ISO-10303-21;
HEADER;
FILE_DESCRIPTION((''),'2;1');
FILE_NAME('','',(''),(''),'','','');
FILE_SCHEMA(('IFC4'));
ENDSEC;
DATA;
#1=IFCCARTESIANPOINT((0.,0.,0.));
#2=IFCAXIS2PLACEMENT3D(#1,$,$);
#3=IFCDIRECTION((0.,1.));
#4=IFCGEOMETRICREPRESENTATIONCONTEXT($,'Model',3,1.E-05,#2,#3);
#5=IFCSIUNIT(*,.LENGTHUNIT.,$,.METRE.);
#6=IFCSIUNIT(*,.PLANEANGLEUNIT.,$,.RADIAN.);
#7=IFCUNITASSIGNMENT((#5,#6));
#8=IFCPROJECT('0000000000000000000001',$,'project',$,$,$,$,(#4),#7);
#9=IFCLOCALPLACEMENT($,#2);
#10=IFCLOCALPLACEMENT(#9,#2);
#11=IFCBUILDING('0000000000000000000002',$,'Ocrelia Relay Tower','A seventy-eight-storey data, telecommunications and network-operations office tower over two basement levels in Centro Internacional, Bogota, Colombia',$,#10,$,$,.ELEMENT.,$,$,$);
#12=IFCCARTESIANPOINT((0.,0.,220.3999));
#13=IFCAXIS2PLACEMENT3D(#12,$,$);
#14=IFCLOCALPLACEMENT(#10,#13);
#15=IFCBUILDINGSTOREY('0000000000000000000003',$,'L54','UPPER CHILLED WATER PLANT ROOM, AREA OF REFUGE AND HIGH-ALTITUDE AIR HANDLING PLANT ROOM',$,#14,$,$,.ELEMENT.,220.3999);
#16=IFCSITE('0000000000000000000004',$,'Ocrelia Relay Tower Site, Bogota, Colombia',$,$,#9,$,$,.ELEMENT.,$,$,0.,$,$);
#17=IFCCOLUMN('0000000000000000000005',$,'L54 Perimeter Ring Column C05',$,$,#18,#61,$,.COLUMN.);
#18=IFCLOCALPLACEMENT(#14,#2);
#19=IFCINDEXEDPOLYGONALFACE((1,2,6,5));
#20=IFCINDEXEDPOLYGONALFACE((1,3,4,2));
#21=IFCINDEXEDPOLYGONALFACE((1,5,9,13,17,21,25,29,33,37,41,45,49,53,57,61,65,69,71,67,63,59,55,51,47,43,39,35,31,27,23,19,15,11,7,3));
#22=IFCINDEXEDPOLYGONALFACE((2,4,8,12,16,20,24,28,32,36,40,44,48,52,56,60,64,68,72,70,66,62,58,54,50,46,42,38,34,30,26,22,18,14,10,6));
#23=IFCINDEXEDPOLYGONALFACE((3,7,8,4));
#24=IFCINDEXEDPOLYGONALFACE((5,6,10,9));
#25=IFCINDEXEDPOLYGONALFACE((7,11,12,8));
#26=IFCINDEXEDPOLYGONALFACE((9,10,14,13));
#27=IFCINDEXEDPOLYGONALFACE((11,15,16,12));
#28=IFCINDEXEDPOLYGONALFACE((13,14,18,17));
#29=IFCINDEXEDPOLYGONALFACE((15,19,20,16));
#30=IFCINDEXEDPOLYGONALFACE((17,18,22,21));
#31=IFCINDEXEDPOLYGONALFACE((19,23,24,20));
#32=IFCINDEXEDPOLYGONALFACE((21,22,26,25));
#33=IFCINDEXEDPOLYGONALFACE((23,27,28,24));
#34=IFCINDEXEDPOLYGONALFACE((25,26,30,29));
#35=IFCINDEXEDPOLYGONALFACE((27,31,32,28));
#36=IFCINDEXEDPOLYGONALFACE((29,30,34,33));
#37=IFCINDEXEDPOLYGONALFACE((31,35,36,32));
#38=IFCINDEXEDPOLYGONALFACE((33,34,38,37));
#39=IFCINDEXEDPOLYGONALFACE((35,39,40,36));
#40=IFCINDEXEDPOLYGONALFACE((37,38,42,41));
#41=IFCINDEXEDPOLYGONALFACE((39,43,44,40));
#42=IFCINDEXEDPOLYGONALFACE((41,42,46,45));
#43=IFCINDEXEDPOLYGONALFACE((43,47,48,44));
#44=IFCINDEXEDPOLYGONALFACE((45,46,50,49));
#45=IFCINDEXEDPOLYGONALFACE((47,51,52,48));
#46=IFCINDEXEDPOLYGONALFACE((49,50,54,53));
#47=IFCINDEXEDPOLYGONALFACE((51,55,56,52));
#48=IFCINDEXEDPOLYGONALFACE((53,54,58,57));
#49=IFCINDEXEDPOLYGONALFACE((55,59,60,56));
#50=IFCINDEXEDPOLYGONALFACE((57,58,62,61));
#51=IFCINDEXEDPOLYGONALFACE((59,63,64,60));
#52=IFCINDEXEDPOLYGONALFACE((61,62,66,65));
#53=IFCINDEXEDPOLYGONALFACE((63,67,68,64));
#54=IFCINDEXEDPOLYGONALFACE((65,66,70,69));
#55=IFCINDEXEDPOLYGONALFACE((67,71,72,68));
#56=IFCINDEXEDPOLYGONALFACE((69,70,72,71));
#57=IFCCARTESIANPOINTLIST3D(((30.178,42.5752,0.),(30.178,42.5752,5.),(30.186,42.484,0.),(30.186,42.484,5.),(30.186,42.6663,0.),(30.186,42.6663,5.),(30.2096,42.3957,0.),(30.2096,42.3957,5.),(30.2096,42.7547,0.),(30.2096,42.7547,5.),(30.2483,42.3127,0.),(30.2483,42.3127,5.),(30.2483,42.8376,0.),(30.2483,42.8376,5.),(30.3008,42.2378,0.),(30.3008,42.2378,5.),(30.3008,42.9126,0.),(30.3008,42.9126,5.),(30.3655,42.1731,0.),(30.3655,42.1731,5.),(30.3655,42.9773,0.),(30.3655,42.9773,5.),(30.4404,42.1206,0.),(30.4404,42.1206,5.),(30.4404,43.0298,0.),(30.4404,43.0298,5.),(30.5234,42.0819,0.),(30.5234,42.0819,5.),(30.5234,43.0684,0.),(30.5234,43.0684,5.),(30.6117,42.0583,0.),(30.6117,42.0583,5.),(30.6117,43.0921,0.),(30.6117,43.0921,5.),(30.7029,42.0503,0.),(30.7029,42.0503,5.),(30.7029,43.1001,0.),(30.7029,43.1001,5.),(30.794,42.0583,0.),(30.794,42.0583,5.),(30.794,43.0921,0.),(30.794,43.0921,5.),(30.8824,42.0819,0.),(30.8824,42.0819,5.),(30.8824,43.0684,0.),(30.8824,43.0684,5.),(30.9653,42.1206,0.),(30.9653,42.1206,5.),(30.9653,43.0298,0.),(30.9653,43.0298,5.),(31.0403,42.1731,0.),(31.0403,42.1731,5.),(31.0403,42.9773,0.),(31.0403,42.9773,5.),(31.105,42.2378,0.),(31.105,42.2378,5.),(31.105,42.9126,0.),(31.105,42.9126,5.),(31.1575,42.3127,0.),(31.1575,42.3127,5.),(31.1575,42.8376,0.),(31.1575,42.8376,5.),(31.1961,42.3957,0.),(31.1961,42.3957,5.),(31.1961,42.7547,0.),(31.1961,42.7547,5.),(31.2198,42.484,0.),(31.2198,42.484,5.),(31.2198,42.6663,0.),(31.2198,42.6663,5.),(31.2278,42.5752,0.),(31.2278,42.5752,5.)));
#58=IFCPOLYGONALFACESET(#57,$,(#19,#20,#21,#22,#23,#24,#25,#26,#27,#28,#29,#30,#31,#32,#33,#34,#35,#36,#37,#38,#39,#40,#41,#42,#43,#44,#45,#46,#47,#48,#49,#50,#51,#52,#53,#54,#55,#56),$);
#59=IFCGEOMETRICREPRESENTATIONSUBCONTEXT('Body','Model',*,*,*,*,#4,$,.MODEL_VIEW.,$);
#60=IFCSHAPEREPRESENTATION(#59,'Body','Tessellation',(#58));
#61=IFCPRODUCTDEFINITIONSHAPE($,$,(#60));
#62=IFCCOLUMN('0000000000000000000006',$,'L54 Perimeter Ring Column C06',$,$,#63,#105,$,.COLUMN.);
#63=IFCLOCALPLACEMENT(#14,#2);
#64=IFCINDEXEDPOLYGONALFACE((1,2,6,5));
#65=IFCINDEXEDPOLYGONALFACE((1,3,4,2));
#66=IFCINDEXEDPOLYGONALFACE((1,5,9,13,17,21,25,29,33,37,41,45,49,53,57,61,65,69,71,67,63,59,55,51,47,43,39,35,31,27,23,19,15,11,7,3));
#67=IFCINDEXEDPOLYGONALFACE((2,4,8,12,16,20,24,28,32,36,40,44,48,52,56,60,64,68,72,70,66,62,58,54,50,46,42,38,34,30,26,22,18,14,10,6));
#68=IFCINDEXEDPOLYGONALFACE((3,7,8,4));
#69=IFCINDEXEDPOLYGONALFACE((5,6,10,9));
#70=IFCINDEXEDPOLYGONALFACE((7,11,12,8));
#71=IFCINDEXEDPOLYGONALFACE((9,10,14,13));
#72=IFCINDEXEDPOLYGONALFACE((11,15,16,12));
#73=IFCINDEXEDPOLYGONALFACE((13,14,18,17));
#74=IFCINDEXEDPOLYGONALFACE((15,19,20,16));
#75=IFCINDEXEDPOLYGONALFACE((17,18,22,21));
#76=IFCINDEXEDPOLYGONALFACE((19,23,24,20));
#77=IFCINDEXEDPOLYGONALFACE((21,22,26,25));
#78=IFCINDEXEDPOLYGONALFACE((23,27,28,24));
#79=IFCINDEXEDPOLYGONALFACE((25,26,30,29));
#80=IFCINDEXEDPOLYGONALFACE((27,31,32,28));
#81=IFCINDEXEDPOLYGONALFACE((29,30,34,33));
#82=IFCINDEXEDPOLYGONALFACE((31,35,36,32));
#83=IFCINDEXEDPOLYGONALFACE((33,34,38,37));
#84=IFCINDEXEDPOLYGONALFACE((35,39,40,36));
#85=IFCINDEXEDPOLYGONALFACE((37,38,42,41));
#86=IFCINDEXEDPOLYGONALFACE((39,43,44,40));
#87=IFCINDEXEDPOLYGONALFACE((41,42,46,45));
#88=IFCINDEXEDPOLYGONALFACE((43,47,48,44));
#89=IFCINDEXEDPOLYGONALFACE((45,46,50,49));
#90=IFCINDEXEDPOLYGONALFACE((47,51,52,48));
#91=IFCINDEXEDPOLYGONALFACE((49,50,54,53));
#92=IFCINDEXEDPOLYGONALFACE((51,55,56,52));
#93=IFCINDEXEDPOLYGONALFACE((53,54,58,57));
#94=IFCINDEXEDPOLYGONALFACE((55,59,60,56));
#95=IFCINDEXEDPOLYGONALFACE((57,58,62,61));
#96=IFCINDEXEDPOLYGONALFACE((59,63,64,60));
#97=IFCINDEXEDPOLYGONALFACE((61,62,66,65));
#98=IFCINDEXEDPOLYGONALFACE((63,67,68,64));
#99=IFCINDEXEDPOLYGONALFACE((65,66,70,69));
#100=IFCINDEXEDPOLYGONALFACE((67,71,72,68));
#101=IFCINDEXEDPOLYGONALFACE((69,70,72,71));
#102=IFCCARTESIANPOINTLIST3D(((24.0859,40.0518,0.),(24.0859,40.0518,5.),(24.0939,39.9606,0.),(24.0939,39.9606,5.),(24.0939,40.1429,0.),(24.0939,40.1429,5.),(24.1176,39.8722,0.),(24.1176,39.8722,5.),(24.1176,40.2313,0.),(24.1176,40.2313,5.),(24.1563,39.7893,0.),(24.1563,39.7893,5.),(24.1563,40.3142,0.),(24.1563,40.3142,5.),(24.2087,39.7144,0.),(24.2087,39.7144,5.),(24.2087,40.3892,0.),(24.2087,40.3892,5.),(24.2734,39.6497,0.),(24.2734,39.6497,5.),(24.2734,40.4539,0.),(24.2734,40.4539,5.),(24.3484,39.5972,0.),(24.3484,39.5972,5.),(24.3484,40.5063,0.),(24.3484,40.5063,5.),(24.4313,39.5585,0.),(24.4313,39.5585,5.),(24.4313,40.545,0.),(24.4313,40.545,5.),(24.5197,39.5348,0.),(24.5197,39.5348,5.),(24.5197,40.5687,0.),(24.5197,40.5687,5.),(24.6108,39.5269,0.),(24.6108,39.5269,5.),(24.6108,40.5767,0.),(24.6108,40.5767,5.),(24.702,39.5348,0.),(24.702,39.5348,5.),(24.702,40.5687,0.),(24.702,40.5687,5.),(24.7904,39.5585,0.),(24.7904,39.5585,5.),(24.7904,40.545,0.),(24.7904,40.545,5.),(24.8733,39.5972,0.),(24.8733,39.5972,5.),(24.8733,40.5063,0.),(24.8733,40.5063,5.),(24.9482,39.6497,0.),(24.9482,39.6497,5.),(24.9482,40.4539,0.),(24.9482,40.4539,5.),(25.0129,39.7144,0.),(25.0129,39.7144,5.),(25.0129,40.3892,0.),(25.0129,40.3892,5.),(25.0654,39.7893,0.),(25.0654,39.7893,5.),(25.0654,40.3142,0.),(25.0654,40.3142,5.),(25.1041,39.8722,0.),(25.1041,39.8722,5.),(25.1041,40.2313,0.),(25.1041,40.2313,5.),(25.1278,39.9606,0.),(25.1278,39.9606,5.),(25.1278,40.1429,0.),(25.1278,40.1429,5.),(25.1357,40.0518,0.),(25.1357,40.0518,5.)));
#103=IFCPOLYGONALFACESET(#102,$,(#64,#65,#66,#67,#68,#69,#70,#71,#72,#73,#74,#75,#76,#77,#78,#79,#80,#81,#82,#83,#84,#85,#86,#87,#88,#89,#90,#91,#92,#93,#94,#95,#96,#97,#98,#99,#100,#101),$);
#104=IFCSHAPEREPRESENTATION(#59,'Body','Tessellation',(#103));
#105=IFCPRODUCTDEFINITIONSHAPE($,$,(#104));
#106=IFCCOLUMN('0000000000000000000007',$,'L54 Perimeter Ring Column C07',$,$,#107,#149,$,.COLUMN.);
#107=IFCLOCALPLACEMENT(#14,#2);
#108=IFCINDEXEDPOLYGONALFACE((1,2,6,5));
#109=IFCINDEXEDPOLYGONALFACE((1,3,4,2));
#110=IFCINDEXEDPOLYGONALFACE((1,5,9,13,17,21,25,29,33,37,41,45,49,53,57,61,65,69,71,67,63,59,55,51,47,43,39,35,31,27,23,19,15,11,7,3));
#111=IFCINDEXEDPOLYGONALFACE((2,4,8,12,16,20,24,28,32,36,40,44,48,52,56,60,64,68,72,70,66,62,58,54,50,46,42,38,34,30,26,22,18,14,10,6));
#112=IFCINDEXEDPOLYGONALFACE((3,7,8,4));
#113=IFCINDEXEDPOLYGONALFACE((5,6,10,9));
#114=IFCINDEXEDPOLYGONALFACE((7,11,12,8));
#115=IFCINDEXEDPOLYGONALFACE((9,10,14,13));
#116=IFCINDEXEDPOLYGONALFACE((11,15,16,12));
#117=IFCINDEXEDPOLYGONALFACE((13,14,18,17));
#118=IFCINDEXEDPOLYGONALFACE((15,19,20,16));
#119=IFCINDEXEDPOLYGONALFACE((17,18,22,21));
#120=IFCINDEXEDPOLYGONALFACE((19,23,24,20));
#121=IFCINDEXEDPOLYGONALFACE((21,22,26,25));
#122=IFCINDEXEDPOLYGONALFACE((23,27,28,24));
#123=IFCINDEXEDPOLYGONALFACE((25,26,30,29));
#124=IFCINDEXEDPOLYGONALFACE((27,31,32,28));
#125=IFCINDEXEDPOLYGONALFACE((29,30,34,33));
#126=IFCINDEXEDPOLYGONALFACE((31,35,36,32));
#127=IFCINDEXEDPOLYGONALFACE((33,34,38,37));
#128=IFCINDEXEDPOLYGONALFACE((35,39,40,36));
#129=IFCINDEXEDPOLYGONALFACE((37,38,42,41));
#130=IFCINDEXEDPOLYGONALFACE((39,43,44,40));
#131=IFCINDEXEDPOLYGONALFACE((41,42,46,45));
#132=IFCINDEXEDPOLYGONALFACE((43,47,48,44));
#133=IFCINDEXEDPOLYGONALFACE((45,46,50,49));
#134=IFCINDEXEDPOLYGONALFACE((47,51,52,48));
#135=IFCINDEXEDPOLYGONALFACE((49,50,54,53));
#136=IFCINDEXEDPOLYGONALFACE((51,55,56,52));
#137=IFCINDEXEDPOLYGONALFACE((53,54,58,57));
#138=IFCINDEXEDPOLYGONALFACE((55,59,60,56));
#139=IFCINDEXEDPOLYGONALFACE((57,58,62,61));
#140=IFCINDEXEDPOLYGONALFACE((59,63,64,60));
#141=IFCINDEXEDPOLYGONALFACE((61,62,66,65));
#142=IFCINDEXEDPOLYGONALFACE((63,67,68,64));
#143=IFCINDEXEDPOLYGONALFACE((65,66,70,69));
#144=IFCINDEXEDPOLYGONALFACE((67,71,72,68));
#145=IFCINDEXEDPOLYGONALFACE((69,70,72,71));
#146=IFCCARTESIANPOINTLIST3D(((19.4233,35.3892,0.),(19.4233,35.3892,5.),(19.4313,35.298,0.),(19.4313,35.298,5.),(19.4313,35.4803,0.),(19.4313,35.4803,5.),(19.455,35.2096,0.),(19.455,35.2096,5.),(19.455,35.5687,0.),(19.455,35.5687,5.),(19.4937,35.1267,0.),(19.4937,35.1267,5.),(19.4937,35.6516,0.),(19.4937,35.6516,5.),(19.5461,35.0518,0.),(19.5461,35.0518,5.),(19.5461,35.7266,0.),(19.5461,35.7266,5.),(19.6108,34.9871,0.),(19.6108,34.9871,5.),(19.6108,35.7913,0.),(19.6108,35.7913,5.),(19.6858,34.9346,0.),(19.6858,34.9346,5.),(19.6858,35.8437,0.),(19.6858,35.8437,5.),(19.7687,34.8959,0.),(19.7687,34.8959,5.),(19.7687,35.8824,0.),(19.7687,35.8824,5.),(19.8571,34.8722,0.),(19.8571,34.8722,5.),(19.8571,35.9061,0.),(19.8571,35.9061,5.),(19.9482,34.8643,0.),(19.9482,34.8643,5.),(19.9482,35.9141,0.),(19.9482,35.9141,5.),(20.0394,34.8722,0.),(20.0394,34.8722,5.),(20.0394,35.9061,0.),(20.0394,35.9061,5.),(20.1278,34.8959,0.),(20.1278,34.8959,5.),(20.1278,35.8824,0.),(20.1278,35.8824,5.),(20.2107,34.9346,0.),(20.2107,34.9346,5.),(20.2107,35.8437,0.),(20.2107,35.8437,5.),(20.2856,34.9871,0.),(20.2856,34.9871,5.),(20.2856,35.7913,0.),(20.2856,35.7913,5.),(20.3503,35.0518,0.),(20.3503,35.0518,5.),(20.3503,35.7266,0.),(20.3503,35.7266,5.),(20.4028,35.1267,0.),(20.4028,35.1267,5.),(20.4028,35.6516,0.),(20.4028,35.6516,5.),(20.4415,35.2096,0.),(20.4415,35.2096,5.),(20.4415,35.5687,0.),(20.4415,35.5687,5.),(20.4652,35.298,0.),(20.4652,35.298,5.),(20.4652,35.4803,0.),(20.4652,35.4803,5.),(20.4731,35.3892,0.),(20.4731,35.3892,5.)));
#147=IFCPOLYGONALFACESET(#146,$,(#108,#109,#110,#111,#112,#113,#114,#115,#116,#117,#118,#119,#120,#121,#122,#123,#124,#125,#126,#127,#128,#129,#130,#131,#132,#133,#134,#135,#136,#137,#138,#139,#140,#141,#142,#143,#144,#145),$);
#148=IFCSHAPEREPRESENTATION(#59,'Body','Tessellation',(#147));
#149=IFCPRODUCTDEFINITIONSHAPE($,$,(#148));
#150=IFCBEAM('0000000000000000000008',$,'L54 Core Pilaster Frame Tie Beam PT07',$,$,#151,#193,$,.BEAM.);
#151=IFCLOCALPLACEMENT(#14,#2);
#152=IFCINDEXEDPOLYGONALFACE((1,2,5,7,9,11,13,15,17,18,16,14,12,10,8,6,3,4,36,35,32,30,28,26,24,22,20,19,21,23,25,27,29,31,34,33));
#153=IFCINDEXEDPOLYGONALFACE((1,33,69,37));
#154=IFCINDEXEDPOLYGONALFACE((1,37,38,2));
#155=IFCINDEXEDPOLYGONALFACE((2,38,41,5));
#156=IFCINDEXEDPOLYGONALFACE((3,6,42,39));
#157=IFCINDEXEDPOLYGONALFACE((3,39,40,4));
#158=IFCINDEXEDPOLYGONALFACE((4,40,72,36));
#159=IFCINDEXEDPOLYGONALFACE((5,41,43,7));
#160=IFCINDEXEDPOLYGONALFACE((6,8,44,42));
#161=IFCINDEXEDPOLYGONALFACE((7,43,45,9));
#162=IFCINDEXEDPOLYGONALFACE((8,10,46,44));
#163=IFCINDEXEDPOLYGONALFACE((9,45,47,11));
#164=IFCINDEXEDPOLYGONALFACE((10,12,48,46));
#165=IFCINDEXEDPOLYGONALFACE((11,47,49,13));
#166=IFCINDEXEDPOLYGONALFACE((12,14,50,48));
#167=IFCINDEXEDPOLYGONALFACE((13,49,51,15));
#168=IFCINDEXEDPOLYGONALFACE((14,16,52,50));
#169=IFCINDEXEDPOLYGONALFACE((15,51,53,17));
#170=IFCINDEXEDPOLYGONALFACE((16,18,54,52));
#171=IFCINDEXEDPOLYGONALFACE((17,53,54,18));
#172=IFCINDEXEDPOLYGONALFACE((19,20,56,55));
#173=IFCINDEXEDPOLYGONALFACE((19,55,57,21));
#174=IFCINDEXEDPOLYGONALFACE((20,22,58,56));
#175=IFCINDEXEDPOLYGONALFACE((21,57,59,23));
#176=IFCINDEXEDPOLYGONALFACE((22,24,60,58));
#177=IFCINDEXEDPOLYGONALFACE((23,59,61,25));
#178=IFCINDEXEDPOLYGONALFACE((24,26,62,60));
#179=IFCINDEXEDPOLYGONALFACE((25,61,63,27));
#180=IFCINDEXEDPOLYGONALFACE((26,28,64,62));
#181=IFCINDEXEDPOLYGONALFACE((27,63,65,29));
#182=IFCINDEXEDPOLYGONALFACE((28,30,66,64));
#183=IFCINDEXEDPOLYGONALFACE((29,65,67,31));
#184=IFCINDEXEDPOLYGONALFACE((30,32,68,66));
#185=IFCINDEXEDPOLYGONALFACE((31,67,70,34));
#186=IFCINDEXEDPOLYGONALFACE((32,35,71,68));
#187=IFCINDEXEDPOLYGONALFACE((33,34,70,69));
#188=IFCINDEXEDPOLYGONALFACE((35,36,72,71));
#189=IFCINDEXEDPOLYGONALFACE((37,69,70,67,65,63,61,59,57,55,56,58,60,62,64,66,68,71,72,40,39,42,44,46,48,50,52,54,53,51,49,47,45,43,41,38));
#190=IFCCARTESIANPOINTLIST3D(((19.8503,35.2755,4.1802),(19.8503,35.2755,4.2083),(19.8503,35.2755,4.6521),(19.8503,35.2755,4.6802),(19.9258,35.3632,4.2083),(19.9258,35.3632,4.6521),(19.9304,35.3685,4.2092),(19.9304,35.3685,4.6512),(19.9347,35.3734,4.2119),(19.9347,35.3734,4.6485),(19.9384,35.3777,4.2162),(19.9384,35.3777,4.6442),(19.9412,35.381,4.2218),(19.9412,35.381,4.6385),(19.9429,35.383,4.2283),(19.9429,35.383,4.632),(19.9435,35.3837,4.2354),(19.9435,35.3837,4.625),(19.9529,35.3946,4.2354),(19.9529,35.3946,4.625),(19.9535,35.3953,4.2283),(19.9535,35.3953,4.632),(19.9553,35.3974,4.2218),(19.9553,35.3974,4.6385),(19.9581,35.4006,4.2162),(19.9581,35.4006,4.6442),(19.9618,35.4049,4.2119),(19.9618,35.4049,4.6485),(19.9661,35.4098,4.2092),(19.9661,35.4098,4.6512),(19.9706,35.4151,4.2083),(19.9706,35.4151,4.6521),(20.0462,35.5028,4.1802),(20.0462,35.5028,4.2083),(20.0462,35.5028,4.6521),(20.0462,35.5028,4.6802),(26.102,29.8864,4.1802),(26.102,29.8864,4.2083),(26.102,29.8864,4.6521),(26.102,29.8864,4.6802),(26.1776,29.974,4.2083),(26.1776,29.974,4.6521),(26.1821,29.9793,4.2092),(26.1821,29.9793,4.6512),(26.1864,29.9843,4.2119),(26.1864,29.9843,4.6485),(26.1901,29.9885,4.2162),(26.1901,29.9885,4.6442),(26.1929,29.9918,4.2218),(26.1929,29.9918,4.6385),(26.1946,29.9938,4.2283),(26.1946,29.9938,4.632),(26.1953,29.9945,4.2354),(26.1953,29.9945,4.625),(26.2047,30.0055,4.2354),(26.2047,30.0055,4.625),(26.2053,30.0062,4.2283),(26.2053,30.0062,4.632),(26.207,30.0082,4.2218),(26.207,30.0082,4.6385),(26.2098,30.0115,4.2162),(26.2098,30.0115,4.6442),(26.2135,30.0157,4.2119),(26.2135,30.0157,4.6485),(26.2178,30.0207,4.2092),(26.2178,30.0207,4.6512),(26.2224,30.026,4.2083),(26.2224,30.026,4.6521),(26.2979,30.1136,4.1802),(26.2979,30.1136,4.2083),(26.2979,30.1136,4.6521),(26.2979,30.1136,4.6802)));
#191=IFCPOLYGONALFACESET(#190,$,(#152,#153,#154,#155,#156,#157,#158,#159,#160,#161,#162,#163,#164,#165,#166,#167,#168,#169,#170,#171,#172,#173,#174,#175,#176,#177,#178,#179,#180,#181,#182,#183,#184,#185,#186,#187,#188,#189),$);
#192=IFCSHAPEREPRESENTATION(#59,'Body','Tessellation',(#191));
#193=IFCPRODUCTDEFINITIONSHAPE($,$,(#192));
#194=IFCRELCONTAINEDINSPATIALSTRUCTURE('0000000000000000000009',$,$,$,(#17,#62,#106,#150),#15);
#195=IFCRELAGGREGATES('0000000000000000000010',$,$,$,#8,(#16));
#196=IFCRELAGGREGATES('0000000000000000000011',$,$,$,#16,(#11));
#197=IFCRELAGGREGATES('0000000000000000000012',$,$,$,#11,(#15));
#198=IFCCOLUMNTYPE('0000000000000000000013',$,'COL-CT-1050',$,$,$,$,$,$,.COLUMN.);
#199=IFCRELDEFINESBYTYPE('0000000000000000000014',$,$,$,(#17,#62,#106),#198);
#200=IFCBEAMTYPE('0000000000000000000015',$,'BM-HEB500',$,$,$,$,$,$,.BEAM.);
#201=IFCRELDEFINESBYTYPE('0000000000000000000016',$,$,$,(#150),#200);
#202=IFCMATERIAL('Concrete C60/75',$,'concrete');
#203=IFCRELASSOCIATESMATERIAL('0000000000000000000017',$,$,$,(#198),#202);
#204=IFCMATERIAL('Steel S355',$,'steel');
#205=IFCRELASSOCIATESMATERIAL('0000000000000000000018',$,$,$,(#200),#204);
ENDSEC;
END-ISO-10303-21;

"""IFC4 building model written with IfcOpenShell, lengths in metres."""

from ifc_helpers import new_model, si_unit, direction, frame, origin, origin_2d, place, context, subcontext, project, spatial, circle, i_section, extrude, material, material_profile, profile_set, type_object, element, save


model = new_model("IFC4")

# Units and contexts
model_context = context("Model", 3, precision=1e-05, world=origin(), true_north=direction((0.0, 1.0)))
body_context = subcontext(model_context, "Body", "Model", "MODEL_VIEW")
ifc_project = project(units=[si_unit("LENGTHUNIT", "METRE"), si_unit("PLANEANGLEUNIT", "RADIAN")], contexts=[model_context])

# Site, building, storey
site_placement = place(None, origin())
site = spatial("IfcSite", under=ifc_project, at=site_placement, Name="Ocrelia Relay Tower Site, Bogota, Colombia", CompositionType="ELEMENT", RefElevation=0.0)
building_placement = place(site_placement, origin())
building = spatial("IfcBuilding", under=site, at=building_placement, Name="Ocrelia Relay Tower", Description="A seventy-eight-storey data, telecommunications and network-operations office tower over two basement levels in Centro Internacional, Bogota, Colombia", CompositionType="ELEMENT")
storey_placement = place(building_placement, frame((0.0, 0.0, 220.3999)))
storey = spatial("IfcBuildingStorey", under=building, at=storey_placement, Name="L54", Description="UPPER CHILLED WATER PLANT ROOM, AREA OF REFUGE AND HIGH-ALTITUDE AIR HANDLING PLANT ROOM", CompositionType="ELEMENT", Elevation=220.3999)

# Columns
ifc_material_1 = material(Name="Concrete C60/75", Category="concrete")
ifc_material_profile_1 = material_profile(ifc_material_1, circle(Radius=0.5249, at=origin_2d()), Name="RC-CIR-1050")
ifc_profile_set_1 = profile_set([ifc_material_profile_1], Name="Concrete C60/75")
column_type = type_object("IfcColumnType", Name="COL-CT-1050", PredefinedType="COLUMN", material=ifc_profile_set_1)
for number, where, z_axis, x_axis, name in (
    (1, (30.7029, 42.5752, 0.0), (0.0, 0.0, 1.0), (1.0, 0.0, 0.0), "L54 Perimeter Ring Column C05"),
    (2, (24.6108, 40.0518, 0.0), (0.0, 0.0, 1.0), (1.0, 0.0, 0.0), "L54 Perimeter Ring Column C06"),
    (3, (19.9482, 35.3892, 0.0), (0.0, 0.0, 1.0), (1.0, 0.0, 0.0), "L54 Perimeter Ring Column C07"),
):
    element("IfcColumn", number, at=place(storey_placement, frame(where, z_axis=z_axis, x_axis=x_axis)), inside=storey, type_object=column_type, Name=name, PredefinedType="COLUMN", context=body_context, shape_type="SweptSolid", body=[
        extrude(circle(Radius=0.5249, at=origin_2d()), origin(), (0.0, 0.0, 1.0), 5.0),
    ])

# Beam
ifc_material_2 = material(Name="Steel S355", Category="steel")
ifc_material_profile_2 = material_profile(ifc_material_2, i_section(OverallWidth=0.3, OverallDepth=0.5, WebThickness=0.0144, FlangeThickness=0.0281, FilletRadius=0.0271, at=origin_2d()), Name="HEB 500")
ifc_profile_set_2 = profile_set([ifc_material_profile_2], Name="Steel S355")
beam_type_1 = type_object("IfcBeamType", Name="BM-HEB500", PredefinedType="BEAM", material=ifc_profile_set_2)
beam_1_placement = place(storey_placement, frame((19.9482, 35.3892, 4.4302), z_axis=(0.757425, -0.652923, 0.0), x_axis=(0.652923, 0.757425, 0.0)))
element("IfcBeam", 4, at=beam_1_placement, inside=storey, type_object=beam_type_1, Name="L54 Core Pilaster Frame Tie Beam PT07", PredefinedType="BEAM", context=body_context, shape_type="SweptSolid", body=[
    extrude(i_section(OverallWidth=0.3, OverallDepth=0.5, WebThickness=0.0144, FlangeThickness=0.0281, FilletRadius=0.0271, at=origin_2d()), origin(), (0.0, 0.0, 1.0), 8.2539),
])

save(model, "model.ifc")
